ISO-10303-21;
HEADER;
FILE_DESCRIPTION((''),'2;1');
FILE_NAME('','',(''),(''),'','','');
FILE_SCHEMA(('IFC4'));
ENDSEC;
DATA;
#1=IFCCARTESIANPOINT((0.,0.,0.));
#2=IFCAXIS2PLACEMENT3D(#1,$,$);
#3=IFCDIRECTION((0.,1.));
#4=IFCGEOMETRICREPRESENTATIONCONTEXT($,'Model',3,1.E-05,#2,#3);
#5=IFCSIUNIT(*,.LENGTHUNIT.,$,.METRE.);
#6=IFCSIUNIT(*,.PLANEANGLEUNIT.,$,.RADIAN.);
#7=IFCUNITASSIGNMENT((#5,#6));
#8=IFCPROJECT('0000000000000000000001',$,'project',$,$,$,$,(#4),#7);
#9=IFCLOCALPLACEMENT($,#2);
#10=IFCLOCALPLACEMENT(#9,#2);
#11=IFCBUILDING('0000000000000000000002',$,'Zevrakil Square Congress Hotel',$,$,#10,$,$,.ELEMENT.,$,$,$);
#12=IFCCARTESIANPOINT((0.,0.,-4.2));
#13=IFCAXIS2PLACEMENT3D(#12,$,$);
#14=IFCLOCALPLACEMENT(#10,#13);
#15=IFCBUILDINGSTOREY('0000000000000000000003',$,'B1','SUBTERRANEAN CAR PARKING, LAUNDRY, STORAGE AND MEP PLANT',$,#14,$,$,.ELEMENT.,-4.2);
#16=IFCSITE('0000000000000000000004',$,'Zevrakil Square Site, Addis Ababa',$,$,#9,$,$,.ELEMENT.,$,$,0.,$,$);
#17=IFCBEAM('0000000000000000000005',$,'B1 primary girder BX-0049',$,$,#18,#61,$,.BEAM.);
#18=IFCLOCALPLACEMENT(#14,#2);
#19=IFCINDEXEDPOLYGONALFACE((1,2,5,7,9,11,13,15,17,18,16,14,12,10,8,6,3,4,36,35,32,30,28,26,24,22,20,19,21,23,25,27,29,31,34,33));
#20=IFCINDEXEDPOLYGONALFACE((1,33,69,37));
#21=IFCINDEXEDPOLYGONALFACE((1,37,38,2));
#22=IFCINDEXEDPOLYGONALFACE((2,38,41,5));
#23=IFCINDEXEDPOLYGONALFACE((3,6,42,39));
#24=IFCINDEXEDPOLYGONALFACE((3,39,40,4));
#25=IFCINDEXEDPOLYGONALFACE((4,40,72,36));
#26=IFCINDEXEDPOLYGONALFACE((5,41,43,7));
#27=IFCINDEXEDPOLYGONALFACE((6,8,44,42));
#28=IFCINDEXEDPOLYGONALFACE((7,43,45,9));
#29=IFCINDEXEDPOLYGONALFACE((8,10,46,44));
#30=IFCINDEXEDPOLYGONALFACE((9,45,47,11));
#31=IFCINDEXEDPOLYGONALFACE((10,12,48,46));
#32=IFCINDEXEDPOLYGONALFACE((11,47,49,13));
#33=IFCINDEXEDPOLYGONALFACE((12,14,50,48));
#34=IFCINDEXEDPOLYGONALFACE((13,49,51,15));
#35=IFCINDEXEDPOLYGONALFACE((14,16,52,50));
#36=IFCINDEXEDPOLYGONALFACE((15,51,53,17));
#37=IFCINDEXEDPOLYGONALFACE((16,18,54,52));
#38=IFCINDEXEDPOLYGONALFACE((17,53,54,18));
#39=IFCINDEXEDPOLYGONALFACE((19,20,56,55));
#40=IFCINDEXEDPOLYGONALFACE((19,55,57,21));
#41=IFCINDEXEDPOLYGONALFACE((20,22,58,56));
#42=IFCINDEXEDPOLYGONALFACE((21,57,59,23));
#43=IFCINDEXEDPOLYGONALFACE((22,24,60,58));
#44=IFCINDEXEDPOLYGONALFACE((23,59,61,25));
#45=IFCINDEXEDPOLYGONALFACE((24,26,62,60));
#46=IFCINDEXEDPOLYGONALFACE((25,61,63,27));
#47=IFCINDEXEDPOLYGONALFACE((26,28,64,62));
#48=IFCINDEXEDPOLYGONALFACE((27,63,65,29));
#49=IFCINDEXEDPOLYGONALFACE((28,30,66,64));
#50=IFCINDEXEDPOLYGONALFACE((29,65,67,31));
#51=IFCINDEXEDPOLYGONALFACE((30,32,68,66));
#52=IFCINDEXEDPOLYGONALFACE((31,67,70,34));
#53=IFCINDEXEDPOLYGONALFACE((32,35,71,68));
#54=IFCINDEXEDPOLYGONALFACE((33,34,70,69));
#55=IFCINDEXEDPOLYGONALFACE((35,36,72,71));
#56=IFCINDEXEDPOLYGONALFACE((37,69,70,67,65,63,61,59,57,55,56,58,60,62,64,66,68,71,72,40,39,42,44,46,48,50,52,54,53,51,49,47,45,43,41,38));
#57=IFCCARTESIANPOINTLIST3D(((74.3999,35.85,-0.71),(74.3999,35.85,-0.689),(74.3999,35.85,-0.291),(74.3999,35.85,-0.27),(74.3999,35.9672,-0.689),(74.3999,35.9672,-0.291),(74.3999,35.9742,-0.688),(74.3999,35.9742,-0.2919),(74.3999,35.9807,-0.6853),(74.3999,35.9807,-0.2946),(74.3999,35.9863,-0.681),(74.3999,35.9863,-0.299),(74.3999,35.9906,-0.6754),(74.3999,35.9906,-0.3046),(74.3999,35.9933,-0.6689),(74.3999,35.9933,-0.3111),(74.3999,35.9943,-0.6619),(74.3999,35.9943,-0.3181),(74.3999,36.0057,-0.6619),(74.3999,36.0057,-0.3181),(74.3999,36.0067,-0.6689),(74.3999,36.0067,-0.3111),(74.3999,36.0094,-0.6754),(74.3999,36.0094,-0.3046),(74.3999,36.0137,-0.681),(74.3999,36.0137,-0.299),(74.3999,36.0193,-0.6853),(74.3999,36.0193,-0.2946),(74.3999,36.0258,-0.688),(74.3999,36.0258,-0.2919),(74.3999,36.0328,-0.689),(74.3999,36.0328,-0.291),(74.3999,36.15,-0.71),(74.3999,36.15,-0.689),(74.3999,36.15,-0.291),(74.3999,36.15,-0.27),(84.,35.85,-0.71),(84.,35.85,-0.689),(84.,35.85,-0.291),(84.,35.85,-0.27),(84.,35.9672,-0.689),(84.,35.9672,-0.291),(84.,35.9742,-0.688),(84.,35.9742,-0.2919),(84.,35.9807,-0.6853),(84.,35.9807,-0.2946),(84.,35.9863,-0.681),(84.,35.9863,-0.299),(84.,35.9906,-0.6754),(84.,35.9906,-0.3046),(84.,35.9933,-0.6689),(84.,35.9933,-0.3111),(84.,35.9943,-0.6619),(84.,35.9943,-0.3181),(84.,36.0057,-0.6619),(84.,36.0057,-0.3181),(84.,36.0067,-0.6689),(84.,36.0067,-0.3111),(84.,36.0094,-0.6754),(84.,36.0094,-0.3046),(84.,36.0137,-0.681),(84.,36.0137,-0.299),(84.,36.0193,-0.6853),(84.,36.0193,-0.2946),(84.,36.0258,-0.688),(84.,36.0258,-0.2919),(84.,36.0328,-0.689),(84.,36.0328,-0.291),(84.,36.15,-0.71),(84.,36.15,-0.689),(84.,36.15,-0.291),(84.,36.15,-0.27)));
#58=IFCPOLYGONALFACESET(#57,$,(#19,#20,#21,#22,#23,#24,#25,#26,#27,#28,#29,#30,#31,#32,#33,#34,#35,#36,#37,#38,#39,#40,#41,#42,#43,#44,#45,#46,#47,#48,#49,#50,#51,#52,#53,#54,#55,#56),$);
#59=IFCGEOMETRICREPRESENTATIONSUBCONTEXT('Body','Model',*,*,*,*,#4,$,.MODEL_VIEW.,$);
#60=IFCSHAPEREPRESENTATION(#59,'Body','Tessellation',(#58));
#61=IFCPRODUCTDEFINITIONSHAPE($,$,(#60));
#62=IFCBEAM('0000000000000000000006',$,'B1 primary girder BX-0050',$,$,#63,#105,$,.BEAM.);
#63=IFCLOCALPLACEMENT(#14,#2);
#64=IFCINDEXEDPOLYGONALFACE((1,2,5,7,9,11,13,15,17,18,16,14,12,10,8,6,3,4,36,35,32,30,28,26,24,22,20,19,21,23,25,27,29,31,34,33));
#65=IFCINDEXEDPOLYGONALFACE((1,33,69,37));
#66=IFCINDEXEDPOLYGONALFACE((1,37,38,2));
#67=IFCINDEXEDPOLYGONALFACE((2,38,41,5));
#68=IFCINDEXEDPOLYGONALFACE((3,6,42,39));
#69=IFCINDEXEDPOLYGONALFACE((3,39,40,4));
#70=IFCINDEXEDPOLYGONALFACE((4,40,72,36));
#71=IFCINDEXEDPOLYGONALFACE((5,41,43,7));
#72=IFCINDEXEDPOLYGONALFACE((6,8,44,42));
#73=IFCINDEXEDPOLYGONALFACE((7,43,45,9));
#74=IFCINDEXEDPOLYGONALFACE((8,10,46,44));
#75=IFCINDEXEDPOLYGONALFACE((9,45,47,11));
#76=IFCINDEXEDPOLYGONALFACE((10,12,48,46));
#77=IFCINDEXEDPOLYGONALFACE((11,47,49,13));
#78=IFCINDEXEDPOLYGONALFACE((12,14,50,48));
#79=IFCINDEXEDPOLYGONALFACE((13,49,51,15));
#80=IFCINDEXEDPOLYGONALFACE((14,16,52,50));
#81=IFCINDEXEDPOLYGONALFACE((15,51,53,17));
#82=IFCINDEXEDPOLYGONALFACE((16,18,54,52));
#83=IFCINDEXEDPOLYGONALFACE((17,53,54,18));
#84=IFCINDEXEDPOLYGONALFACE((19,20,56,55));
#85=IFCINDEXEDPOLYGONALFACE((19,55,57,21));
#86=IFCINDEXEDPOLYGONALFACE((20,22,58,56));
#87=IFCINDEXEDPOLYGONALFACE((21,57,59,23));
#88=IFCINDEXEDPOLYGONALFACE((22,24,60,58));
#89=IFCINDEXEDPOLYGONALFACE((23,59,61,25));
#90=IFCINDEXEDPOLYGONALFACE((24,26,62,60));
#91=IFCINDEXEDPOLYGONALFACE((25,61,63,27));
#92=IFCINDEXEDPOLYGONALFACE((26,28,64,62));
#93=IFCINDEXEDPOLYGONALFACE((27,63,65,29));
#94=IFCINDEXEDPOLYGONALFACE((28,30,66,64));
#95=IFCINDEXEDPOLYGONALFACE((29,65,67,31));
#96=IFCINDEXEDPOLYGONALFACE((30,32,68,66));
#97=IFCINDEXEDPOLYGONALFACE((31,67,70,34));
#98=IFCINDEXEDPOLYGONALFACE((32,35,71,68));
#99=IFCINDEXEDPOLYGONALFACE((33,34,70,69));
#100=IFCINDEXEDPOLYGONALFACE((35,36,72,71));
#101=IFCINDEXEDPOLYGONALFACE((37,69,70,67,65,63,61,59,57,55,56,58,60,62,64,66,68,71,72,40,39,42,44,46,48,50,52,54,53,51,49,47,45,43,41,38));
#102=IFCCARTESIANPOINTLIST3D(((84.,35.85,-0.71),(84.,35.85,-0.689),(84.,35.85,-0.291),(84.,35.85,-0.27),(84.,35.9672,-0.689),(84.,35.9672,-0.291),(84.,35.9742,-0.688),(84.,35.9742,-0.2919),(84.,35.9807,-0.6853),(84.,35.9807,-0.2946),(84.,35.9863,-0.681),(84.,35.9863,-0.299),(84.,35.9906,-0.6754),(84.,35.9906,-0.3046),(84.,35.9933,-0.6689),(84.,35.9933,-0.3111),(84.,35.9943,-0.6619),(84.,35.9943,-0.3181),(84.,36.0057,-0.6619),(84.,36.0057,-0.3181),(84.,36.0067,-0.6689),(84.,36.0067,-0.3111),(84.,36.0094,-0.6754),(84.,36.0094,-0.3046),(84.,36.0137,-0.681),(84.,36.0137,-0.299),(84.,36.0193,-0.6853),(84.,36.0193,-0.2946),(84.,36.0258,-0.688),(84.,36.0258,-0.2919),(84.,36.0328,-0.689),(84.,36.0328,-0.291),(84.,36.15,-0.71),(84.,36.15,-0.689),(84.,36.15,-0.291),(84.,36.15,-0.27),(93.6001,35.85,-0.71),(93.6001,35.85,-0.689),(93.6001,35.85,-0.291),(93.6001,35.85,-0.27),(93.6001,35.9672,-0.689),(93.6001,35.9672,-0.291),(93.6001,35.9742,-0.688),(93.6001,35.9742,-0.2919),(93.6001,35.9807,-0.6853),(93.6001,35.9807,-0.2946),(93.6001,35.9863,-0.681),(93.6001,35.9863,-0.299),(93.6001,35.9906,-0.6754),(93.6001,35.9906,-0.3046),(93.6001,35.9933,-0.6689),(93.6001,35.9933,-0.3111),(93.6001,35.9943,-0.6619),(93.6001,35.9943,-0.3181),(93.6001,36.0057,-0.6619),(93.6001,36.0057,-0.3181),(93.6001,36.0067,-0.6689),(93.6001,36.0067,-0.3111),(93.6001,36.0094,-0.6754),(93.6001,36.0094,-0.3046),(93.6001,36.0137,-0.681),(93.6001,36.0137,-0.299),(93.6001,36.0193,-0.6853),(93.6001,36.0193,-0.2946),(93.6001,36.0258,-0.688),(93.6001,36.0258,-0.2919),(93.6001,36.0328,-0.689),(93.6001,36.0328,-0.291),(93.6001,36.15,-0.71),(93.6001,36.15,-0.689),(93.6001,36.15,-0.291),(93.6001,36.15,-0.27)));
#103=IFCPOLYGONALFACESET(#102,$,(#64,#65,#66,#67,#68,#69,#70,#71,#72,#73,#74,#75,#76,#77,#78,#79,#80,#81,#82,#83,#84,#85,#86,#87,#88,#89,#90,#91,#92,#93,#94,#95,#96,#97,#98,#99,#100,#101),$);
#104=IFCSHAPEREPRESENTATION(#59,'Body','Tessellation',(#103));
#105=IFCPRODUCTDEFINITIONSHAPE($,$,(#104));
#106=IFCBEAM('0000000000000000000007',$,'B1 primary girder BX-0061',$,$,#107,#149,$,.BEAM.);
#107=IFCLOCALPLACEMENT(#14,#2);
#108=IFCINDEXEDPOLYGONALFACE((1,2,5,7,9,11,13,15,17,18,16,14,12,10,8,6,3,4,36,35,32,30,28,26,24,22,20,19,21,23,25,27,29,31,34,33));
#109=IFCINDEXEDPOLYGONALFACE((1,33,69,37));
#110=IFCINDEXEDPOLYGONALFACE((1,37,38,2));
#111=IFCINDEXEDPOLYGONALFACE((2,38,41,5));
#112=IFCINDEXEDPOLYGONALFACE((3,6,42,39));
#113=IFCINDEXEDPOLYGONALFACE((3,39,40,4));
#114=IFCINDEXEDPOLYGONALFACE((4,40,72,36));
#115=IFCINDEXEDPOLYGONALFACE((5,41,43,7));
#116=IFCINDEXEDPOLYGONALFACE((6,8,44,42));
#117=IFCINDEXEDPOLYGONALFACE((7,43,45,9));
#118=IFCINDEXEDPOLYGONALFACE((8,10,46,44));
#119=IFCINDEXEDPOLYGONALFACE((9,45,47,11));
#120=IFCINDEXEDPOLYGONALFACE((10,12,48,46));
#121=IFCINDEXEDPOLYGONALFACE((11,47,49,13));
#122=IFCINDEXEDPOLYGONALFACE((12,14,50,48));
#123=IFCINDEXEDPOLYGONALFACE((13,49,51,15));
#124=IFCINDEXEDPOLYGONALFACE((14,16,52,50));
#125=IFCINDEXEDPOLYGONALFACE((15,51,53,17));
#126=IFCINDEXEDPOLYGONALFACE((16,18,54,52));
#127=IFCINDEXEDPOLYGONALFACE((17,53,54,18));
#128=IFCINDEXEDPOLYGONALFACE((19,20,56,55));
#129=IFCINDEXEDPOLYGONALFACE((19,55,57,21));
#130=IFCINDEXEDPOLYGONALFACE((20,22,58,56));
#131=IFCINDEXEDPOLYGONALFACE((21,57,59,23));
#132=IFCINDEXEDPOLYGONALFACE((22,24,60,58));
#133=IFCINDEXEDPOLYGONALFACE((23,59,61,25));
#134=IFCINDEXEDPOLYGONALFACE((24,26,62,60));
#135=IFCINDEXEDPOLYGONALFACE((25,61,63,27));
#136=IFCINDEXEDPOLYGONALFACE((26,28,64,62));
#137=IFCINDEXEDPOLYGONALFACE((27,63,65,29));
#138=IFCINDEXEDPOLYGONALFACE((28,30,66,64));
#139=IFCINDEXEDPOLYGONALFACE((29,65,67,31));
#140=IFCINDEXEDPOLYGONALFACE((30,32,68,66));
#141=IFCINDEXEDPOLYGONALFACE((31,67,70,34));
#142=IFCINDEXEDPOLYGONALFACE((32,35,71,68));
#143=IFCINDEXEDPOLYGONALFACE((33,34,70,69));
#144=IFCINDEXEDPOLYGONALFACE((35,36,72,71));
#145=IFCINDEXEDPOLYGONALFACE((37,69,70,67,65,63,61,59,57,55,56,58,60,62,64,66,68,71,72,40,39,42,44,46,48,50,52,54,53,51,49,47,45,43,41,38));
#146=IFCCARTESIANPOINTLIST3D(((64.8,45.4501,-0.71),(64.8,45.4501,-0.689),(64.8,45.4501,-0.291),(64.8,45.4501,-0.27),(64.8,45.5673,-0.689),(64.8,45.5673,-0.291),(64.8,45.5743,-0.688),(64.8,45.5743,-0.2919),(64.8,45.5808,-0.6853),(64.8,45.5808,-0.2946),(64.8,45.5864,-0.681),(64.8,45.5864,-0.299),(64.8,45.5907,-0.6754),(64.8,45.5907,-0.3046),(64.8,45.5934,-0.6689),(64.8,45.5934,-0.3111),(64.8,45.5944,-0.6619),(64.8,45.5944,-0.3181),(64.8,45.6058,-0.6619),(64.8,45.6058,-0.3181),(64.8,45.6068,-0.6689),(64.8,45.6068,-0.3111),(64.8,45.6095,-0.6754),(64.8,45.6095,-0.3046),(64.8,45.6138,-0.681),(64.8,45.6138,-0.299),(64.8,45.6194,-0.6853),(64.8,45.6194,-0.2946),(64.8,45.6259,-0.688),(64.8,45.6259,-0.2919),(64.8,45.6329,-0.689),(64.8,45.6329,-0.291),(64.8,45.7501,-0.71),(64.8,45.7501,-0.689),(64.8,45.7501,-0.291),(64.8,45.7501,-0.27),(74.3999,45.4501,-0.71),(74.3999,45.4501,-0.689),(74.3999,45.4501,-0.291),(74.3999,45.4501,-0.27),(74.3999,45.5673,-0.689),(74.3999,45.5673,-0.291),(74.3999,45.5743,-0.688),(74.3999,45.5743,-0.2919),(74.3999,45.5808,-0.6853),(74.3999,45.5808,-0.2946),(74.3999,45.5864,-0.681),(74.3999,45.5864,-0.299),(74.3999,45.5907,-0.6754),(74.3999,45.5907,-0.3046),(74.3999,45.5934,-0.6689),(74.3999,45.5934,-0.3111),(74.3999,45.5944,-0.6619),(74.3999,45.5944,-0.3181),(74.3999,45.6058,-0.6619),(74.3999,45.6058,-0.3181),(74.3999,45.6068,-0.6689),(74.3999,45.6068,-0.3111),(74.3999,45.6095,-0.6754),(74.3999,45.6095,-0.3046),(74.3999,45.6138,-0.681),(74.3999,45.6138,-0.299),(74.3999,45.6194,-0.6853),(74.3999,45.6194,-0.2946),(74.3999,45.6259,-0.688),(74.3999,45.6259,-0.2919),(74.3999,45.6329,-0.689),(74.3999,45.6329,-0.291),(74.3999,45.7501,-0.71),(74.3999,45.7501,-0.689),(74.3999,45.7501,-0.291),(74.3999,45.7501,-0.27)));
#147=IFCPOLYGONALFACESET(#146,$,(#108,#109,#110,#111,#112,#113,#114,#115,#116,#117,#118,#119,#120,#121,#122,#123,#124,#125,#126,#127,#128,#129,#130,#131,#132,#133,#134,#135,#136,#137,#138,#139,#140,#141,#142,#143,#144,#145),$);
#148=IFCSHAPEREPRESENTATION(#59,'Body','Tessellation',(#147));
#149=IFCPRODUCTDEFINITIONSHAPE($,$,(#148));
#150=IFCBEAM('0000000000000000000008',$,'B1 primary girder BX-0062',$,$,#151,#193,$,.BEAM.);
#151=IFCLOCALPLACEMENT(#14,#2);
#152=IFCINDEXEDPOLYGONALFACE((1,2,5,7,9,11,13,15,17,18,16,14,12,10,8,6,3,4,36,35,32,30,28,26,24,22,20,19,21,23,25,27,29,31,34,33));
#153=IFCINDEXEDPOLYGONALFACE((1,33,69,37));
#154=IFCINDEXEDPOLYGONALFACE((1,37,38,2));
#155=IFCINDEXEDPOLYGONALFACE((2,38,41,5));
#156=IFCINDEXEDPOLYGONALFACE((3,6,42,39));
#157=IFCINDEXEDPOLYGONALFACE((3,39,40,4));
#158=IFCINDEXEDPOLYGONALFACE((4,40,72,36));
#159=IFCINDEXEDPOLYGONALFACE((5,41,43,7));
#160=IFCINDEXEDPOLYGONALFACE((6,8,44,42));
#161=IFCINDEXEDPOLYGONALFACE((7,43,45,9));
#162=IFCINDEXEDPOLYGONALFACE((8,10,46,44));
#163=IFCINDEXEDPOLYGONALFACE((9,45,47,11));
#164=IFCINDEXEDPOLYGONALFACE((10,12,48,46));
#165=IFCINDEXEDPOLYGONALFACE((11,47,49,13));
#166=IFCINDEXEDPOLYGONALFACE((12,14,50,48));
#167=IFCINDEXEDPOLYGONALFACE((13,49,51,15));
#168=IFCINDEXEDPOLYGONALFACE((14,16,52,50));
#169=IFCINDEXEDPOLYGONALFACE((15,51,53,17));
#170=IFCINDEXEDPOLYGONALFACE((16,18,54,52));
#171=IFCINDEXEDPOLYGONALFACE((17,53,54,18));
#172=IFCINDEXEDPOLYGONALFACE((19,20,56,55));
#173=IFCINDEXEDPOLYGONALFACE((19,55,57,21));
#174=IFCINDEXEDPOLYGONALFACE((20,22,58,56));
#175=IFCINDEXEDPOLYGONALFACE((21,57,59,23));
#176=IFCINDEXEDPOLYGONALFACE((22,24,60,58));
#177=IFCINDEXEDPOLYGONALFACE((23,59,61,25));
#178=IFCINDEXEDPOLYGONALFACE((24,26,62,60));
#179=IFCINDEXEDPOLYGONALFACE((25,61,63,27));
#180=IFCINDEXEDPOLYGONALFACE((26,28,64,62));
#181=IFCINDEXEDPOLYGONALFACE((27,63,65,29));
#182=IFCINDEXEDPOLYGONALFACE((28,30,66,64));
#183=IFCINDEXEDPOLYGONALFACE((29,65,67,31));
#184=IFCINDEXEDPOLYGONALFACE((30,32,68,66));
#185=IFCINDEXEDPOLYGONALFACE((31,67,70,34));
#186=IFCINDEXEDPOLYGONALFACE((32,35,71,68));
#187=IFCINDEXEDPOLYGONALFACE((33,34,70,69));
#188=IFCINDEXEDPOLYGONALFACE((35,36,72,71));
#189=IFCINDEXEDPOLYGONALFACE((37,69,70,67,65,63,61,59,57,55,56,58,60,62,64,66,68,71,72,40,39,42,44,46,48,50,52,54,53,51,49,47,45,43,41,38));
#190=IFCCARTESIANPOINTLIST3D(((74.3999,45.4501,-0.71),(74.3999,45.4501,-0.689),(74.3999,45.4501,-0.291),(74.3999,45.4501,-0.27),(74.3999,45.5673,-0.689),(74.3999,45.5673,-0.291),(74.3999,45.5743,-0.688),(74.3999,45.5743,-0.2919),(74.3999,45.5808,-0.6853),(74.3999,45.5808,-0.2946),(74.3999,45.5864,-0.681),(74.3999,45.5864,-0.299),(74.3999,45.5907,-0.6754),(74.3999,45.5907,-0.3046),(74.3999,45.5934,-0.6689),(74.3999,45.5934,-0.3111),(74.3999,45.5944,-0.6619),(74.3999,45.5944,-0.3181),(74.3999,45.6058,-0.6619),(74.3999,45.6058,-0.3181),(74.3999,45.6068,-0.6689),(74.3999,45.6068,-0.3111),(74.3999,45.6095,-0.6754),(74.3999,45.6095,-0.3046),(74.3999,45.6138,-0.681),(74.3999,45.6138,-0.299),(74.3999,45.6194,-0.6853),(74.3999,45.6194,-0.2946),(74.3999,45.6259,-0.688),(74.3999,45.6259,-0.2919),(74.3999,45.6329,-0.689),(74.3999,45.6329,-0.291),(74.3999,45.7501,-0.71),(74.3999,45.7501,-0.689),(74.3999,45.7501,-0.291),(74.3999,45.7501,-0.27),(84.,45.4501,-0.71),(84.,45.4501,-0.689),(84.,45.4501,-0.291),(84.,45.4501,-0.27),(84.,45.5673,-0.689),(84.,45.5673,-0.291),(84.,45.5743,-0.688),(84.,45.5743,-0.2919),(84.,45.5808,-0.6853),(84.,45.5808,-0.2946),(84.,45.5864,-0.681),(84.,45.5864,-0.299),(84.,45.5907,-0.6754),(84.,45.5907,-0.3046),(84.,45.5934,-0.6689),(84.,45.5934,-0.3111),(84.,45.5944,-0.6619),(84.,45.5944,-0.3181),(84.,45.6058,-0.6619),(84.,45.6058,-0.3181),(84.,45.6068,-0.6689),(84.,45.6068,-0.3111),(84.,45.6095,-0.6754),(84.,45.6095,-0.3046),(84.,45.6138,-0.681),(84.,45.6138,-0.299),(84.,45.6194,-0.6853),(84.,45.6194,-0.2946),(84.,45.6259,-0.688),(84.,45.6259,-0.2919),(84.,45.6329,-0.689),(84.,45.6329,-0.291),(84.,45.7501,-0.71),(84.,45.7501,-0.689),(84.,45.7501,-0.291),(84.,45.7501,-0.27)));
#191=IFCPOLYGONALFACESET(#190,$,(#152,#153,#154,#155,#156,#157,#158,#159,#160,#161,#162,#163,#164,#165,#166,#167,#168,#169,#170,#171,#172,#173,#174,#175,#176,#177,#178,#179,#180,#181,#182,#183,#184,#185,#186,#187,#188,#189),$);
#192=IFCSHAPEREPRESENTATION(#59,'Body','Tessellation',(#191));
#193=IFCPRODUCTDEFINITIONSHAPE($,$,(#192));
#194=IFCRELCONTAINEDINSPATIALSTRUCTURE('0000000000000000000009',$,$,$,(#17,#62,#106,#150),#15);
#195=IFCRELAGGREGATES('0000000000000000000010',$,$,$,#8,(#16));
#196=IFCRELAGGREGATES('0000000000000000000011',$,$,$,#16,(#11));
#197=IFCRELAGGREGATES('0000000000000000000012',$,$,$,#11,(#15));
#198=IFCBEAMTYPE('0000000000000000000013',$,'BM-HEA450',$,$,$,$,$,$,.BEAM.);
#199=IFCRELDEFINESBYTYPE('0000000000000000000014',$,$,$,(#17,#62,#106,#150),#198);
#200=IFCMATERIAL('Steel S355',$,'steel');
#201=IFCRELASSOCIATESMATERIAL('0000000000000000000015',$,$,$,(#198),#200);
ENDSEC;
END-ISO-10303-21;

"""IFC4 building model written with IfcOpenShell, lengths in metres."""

from ifc_helpers import new_model, si_unit, direction, frame, origin, origin_2d, place, context, subcontext, project, spatial, i_section, extrude, material, material_profile, profile_set, type_object, element, save


model = new_model("IFC4")

# Units and contexts
model_context = context("Model", 3, precision=1e-05, world=origin(), true_north=direction((0.0, 1.0)))
body_context = subcontext(model_context, "Body", "Model", "MODEL_VIEW")
ifc_project = project(units=[si_unit("LENGTHUNIT", "METRE"), si_unit("PLANEANGLEUNIT", "RADIAN")], contexts=[model_context])

# Site, building, storey
site_placement = place(None, origin())
site = spatial("IfcSite", under=ifc_project, at=site_placement, Name="Zevrakil Square Site, Addis Ababa", CompositionType="ELEMENT", RefElevation=0.0)
building_placement = place(site_placement, origin())
building = spatial("IfcBuilding", under=site, at=building_placement, Name="Zevrakil Square Congress Hotel", CompositionType="ELEMENT")
storey_placement = place(building_placement, frame((0.0, 0.0, -4.2)))
storey = spatial("IfcBuildingStorey", under=building, at=storey_placement, Name="B1", Description="SUBTERRANEAN CAR PARKING, LAUNDRY, STORAGE AND MEP PLANT", CompositionType="ELEMENT", Elevation=-4.2)

# Beams
ifc_material_1 = material(Name="Steel S355", Category="steel")
ifc_material_profile_1 = material_profile(ifc_material_1, i_section(OverallWidth=0.3, OverallDepth=0.4399, WebThickness=0.0115, FlangeThickness=0.021, FilletRadius=0.0271, at=origin_2d()), Name="HEA 450")
ifc_profile_set_1 = profile_set([ifc_material_profile_1], Name="Steel S355")
beam_type_1 = type_object("IfcBeamType", Name="BM-HEA450", PredefinedType="BEAM", material=ifc_profile_set_1)
for number, where, z_axis, x_axis, name in (
    (1, (74.3999, 36.0, -0.49), (1.0, 0.0, 0.0), (0.0, 1.0, 0.0), "B1 primary girder BX-0049"),
    (2, (84.0, 36.0, -0.49), (1.0, 0.0, 0.0), (0.0, 1.0, 0.0), "B1 primary girder BX-0050"),
):
    element("IfcBeam", number, at=place(storey_placement, frame(where, z_axis=z_axis, x_axis=x_axis)), inside=storey, type_object=beam_type_1, Name=name, PredefinedType="BEAM", context=body_context, shape_type="SweptSolid", body=[
        extrude(i_section(OverallWidth=0.3, OverallDepth=0.4399, WebThickness=0.0115, FlangeThickness=0.021, FilletRadius=0.0271, at=origin_2d()), origin(), (0.0, 0.0, 1.0), 9.6001),
    ])
beam_1_placement = place(storey_placement, frame((64.8, 45.6001, -0.49), z_axis=(1.0, 0.0, 0.0), x_axis=(0.0, 1.0, 0.0)))
element("IfcBeam", 3, at=beam_1_placement, inside=storey, type_object=beam_type_1, Name="B1 primary girder BX-0061", PredefinedType="BEAM", context=body_context, shape_type="SweptSolid", body=[
    extrude(i_section(OverallWidth=0.3, OverallDepth=0.4399, WebThickness=0.0115, FlangeThickness=0.021, FilletRadius=0.0271, at=origin_2d()), origin(), (0.0, 0.0, 1.0), 9.5999),
])
for number, where, z_axis, x_axis, name in (
    (4, (74.3999, 45.6001, -0.49), (1.0, 0.0, 0.0), (0.0, 1.0, 0.0), "B1 primary girder BX-0062"),
):
    element("IfcBeam", number, at=place(storey_placement, frame(where, z_axis=z_axis, x_axis=x_axis)), inside=storey, type_object=beam_type_1, Name=name, PredefinedType="BEAM", context=body_context, shape_type="SweptSolid", body=[
        extrude(i_section(OverallWidth=0.3, OverallDepth=0.4399, WebThickness=0.0115, FlangeThickness=0.021, FilletRadius=0.0271, at=origin_2d()), origin(), (0.0, 0.0, 1.0), 9.6001),
    ])

save(model, "model.ifc")
